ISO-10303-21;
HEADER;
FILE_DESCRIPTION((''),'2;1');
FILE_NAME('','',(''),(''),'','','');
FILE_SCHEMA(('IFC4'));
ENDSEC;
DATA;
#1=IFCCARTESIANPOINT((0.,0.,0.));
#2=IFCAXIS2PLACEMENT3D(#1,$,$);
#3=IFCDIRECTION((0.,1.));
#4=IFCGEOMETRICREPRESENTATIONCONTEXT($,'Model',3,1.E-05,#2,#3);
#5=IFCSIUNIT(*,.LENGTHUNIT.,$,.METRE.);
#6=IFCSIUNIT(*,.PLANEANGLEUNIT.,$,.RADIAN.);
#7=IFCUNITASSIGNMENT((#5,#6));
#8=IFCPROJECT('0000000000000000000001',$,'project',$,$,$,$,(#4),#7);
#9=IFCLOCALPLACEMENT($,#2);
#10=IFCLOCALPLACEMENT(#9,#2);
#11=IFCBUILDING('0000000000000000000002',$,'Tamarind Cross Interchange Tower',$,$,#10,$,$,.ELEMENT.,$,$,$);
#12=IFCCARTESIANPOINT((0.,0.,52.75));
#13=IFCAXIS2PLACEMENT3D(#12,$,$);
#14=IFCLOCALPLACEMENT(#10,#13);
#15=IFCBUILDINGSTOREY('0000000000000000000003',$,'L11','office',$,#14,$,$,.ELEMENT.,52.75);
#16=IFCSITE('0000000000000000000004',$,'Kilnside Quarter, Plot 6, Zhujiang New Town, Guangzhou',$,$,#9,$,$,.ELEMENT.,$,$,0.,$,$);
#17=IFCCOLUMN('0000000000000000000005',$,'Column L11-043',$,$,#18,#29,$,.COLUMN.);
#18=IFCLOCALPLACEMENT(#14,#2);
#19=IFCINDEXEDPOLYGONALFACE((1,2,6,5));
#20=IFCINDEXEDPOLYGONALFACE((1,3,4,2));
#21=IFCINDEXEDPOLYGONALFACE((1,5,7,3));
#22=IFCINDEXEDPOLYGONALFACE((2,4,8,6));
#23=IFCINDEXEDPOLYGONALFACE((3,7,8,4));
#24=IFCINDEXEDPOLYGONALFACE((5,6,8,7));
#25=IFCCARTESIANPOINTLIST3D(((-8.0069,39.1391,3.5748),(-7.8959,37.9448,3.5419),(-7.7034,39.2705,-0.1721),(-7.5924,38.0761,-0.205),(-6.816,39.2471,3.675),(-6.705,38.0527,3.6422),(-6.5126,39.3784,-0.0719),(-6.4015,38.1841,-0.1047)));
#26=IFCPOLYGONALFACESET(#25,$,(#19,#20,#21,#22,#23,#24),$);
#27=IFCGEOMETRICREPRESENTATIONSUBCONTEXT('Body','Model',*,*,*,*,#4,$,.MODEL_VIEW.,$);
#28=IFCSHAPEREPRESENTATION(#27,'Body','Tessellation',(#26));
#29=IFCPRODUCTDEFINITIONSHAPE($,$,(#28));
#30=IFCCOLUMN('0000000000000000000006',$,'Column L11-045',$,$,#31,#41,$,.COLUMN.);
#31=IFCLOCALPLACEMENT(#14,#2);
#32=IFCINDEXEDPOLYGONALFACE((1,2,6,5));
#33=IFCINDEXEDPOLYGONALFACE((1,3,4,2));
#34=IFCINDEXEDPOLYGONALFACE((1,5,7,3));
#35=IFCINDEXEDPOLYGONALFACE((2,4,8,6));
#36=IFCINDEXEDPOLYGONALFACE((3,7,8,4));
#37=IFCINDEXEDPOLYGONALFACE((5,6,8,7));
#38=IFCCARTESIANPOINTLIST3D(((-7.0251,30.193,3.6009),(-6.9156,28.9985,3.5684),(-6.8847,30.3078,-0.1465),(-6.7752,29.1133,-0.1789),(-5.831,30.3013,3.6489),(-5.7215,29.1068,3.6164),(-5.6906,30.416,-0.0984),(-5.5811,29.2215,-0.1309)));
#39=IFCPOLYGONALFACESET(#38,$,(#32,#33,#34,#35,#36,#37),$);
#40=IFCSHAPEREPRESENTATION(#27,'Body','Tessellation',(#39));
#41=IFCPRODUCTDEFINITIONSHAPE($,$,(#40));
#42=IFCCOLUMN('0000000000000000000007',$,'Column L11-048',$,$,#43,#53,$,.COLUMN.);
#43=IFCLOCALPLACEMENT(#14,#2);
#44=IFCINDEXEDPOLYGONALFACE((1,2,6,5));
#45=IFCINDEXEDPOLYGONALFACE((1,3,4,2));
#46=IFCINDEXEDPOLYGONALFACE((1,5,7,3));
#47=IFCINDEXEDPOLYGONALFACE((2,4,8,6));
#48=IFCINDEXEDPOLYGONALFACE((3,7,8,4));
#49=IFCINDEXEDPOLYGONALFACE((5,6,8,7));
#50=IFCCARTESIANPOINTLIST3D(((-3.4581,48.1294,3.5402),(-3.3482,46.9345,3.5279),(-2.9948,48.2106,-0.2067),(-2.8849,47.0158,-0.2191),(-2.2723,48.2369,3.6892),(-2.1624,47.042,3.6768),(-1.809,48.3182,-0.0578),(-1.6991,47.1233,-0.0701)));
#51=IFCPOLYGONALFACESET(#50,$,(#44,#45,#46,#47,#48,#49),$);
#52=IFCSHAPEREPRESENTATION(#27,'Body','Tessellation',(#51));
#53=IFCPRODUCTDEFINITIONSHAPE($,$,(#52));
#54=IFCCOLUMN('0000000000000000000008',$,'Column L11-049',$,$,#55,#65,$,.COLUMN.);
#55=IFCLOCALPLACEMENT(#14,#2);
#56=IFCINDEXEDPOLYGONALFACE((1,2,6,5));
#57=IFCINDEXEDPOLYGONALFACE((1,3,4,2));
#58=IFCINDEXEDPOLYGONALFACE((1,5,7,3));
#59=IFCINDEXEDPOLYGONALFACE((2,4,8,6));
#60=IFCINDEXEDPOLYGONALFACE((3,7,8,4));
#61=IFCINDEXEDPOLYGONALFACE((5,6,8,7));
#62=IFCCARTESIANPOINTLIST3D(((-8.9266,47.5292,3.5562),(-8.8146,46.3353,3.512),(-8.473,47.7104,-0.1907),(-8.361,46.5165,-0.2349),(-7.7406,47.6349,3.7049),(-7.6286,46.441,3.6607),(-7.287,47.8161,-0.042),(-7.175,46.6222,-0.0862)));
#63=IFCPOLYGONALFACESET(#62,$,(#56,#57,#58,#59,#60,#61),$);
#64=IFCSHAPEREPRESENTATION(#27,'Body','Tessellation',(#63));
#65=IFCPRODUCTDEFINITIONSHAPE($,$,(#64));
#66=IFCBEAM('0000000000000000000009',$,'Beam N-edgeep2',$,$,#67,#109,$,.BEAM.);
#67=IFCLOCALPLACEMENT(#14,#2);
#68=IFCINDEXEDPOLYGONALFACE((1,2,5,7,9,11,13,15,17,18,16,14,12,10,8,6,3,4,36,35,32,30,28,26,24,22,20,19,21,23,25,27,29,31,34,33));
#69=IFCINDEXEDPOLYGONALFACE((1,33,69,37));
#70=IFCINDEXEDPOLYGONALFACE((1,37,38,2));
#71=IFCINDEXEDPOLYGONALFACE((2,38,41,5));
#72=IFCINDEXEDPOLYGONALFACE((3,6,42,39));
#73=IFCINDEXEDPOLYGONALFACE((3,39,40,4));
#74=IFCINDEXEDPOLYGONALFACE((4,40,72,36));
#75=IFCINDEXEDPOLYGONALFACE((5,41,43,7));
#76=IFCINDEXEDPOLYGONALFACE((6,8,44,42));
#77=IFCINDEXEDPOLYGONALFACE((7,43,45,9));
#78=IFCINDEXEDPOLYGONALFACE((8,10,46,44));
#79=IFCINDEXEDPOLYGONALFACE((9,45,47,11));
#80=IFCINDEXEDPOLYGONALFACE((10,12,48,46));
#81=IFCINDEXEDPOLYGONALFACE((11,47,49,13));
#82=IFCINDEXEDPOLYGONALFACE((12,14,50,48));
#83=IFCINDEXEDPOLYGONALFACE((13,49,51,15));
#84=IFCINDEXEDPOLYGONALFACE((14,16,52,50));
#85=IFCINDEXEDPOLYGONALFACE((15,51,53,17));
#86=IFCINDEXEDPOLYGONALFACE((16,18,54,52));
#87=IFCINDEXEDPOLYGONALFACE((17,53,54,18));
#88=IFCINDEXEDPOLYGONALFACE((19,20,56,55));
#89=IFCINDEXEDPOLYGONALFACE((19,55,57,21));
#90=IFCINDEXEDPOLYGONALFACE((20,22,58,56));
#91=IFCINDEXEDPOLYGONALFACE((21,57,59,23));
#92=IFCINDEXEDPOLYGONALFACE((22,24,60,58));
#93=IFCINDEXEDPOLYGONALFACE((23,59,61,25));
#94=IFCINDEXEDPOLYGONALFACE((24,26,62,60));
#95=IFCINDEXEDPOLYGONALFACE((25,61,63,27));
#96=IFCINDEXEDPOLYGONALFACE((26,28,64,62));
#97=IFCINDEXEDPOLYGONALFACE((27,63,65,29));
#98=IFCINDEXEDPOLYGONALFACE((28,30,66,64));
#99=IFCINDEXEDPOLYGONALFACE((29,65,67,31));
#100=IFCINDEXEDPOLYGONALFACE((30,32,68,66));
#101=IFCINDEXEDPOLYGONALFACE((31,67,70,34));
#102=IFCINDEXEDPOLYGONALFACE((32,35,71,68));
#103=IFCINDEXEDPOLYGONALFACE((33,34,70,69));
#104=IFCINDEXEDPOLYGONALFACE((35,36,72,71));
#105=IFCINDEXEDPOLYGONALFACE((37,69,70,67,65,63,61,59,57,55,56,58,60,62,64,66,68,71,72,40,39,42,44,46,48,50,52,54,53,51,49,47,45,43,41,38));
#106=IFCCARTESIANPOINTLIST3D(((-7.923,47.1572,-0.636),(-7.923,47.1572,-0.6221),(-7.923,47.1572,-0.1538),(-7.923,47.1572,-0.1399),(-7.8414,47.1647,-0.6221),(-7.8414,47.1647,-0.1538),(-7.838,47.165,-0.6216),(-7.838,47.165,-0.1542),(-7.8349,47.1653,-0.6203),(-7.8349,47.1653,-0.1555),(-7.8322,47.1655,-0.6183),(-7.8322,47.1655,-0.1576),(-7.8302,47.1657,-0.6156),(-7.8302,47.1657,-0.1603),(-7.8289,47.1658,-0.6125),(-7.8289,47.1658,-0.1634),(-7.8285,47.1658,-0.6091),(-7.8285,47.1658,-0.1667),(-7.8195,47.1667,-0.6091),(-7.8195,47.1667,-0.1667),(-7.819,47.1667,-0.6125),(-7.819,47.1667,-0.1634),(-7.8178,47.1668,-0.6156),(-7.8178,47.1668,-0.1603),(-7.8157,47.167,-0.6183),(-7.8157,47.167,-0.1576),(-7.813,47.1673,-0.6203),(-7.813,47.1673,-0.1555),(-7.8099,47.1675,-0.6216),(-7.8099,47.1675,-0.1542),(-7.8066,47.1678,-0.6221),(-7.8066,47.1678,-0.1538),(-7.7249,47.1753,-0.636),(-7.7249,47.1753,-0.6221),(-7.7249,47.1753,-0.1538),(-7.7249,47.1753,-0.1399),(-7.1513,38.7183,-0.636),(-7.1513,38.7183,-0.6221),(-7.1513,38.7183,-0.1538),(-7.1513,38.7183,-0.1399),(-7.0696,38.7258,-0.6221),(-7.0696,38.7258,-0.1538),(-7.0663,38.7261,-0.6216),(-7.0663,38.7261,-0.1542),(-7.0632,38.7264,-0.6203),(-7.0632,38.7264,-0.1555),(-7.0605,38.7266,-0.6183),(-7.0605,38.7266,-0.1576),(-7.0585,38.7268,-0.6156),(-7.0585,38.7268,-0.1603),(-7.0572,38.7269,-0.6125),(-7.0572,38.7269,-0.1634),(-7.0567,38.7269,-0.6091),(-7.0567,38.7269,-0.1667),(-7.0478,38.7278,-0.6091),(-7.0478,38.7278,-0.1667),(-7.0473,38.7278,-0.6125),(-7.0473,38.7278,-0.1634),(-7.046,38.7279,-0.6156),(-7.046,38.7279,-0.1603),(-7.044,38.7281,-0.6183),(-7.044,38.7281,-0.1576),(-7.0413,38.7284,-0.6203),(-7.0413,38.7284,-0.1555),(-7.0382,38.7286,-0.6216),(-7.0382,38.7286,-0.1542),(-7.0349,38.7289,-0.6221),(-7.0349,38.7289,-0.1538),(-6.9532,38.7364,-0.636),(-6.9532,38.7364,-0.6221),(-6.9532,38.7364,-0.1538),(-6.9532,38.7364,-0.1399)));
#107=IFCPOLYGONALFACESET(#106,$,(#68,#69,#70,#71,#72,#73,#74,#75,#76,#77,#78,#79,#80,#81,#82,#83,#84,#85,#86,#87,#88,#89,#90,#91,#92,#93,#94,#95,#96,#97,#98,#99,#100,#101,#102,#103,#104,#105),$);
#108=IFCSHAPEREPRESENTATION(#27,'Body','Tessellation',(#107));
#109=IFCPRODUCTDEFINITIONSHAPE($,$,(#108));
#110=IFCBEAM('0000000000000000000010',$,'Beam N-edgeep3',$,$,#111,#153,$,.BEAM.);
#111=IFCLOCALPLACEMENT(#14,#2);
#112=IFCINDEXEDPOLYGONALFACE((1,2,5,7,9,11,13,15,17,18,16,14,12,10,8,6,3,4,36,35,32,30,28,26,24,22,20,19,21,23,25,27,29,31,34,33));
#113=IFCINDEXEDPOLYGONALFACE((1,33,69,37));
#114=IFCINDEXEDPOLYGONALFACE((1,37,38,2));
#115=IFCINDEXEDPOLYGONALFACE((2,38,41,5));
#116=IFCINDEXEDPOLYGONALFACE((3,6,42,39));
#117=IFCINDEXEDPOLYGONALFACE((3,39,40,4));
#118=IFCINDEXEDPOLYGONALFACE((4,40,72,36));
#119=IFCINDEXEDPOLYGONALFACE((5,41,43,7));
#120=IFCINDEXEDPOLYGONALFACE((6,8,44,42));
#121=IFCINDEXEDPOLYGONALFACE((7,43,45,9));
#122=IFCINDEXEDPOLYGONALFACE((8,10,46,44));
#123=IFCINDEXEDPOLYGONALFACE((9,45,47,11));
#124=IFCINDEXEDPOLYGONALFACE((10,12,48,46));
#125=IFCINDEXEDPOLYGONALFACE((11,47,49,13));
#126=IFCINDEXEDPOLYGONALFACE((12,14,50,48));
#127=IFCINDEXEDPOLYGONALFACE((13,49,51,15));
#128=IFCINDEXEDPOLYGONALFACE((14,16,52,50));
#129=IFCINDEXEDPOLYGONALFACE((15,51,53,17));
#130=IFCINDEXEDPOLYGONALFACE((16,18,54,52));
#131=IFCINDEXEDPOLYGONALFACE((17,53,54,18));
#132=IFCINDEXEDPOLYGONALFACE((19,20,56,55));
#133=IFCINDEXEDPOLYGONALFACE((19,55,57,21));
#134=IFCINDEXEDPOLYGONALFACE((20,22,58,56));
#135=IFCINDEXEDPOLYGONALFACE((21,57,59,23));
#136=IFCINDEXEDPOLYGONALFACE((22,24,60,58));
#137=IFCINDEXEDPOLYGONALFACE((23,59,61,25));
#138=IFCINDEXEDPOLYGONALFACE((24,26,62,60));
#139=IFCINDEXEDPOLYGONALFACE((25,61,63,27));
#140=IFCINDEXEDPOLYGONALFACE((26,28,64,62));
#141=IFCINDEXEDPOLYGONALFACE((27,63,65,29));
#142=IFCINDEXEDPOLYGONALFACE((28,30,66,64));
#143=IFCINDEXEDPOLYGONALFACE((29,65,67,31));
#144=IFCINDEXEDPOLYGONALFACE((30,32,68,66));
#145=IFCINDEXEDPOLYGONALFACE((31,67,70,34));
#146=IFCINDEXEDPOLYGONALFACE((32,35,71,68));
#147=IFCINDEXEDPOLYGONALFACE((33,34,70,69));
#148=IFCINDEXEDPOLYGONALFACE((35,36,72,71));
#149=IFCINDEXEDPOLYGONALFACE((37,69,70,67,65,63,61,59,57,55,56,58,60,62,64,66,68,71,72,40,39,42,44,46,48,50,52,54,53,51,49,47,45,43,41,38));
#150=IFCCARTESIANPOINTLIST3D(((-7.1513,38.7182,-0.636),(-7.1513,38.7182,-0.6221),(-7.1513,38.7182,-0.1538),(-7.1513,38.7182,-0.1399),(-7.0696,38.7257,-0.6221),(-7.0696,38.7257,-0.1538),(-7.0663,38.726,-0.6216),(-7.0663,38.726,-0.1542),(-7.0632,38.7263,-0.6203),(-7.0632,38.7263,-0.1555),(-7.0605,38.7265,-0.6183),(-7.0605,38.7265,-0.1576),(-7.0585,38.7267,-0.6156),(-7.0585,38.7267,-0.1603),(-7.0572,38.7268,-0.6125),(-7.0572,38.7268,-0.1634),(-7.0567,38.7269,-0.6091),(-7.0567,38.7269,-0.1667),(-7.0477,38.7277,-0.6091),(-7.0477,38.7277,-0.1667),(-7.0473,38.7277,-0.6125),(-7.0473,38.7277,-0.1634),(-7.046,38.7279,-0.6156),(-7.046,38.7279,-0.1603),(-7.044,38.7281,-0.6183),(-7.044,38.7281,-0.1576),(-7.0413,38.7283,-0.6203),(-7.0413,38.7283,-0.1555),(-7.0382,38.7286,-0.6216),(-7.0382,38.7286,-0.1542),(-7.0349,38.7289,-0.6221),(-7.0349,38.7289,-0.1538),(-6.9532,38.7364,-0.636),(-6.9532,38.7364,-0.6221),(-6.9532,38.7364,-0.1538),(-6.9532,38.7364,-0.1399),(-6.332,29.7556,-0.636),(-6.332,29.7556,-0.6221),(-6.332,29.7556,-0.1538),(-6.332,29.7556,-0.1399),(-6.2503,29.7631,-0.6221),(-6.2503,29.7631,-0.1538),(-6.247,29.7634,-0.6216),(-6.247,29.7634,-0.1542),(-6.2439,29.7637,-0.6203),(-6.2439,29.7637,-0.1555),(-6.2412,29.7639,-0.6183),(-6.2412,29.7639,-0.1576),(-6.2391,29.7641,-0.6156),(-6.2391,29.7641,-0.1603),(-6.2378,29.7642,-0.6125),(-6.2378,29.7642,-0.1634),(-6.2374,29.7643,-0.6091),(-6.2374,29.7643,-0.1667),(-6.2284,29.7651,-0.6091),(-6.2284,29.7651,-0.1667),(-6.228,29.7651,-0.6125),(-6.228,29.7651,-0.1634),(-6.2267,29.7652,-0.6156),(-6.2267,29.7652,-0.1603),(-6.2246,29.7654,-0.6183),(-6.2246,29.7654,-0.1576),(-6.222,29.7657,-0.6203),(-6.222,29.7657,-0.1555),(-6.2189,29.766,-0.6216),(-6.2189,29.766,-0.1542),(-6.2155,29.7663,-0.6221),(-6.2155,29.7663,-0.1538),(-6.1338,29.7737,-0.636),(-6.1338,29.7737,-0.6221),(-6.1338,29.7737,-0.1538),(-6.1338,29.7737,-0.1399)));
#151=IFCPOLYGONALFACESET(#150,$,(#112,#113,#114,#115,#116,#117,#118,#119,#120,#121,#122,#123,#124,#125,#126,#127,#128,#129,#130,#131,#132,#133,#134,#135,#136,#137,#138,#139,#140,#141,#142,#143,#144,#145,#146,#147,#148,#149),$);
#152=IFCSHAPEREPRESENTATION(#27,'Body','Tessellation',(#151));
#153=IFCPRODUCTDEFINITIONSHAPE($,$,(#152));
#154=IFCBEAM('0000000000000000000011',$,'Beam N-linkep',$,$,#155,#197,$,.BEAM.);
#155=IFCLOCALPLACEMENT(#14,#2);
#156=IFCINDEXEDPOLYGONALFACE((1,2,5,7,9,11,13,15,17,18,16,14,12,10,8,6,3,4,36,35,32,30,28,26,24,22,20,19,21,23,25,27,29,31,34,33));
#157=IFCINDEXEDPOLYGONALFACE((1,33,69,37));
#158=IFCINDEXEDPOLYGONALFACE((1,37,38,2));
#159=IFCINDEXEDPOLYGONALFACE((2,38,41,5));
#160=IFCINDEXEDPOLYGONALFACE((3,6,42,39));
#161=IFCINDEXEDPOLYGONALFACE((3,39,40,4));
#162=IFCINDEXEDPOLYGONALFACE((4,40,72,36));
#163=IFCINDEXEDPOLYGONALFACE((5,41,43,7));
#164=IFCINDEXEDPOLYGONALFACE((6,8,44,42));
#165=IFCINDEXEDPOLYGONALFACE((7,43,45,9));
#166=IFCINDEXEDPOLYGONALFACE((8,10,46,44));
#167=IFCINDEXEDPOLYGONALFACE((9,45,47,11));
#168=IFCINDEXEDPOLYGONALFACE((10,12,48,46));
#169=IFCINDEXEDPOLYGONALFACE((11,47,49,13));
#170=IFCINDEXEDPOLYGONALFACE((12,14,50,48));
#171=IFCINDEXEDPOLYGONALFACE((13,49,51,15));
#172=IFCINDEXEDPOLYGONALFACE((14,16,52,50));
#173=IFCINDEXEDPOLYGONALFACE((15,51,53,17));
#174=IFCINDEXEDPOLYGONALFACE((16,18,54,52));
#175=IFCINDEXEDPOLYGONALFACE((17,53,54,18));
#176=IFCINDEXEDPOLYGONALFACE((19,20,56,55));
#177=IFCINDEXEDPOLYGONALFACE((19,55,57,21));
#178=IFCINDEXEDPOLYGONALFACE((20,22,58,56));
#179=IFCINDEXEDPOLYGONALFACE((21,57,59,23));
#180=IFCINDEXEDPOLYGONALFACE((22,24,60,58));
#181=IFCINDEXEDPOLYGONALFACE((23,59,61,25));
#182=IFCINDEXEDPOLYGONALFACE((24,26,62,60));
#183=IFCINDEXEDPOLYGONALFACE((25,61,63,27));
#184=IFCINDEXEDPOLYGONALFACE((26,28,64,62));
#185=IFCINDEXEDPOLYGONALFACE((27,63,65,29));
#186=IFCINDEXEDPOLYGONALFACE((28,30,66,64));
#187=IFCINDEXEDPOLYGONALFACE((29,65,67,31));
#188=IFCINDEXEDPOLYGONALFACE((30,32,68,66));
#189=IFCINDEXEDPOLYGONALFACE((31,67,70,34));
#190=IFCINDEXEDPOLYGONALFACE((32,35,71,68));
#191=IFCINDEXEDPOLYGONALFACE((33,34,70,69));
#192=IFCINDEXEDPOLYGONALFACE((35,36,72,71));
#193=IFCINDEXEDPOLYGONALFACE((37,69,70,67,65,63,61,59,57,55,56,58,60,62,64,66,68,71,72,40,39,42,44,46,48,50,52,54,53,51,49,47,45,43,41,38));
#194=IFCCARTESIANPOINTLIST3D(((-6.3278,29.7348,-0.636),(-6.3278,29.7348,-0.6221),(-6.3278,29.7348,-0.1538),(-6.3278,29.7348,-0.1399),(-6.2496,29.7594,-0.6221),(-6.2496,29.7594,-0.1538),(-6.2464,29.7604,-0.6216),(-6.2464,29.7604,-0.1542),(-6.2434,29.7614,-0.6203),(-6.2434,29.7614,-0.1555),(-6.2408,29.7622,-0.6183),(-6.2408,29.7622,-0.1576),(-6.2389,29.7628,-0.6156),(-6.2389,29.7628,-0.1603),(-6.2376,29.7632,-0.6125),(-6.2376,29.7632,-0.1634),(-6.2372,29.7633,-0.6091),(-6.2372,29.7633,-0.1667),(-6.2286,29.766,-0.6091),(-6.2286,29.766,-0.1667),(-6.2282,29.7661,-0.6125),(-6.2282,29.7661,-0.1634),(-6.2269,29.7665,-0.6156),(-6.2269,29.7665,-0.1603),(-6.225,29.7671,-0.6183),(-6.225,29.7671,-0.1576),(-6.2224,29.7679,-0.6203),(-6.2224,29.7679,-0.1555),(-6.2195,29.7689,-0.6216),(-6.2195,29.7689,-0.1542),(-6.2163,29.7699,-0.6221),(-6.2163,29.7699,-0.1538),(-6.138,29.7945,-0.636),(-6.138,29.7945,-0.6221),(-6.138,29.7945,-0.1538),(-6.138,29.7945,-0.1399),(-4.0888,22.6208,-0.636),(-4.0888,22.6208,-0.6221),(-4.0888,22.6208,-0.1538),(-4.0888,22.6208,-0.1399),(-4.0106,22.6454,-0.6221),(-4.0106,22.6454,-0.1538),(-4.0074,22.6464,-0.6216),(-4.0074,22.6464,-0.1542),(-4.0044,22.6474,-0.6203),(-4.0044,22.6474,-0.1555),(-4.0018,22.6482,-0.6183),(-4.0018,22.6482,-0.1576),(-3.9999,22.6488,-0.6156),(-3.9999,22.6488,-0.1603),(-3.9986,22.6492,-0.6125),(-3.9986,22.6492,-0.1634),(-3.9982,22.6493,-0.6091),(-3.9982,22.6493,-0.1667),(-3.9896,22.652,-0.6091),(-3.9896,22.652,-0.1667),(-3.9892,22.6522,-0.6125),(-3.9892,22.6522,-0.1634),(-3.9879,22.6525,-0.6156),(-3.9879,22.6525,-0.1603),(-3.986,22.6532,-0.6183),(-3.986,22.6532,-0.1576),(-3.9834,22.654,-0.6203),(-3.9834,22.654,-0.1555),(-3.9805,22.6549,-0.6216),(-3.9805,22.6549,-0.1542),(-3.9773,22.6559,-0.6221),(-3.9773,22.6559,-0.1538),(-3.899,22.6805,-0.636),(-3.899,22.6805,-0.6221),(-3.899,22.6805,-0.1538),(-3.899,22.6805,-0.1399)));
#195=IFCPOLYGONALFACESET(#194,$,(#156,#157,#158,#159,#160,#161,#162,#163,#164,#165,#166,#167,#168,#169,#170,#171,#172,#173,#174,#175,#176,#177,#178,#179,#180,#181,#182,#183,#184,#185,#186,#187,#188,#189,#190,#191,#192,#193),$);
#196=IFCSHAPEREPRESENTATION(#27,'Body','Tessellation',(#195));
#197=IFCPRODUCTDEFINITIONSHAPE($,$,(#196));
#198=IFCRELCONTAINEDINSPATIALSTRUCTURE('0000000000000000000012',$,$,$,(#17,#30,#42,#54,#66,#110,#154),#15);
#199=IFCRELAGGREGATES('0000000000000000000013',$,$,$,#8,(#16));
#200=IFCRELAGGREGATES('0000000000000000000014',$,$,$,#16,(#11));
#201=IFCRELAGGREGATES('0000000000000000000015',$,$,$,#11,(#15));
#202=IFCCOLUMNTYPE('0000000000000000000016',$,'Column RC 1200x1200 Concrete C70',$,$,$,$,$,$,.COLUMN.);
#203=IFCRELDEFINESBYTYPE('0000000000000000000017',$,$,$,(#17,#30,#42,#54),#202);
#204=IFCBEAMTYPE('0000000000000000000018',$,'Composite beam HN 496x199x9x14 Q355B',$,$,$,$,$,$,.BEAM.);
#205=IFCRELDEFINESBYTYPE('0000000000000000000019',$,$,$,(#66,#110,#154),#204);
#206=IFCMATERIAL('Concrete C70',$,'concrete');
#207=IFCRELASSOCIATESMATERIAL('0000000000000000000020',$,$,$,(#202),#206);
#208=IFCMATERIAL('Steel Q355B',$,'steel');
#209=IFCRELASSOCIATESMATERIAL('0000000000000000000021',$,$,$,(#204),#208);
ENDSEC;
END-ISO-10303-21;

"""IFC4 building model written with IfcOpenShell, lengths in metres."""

from ifc_helpers import new_model, si_unit, direction, frame, origin, origin_2d, place, context, subcontext, project, spatial, rectangle, i_section, extrude, material, material_profile, profile_set, type_object, element, save


model = new_model("IFC4")

# Units and contexts
model_context = context("Model", 3, precision=1e-05, world=origin(), true_north=direction((0.0, 1.0)))
body_context = subcontext(model_context, "Body", "Model", "MODEL_VIEW")
ifc_project = project(units=[si_unit("LENGTHUNIT", "METRE"), si_unit("PLANEANGLEUNIT", "RADIAN")], contexts=[model_context])

# Site, building, storey
site_placement = place(None, origin())
site = spatial("IfcSite", under=ifc_project, at=site_placement, Name="Kilnside Quarter, Plot 6, Zhujiang New Town, Guangzhou", CompositionType="ELEMENT", RefElevation=0.0)
building_placement = place(site_placement, origin())
building = spatial("IfcBuilding", under=site, at=building_placement, Name="Tamarind Cross Interchange Tower", CompositionType="ELEMENT")
storey_placement = place(building_placement, frame((0.0, 0.0, 52.75)))
storey = spatial("IfcBuildingStorey", under=building, at=storey_placement, Name="L11", Description="office", CompositionType="ELEMENT", Elevation=52.75)

# Columns
ifc_material_1 = material(Name="Concrete C70", Category="concrete")
ifc_material_profile_1 = material_profile(ifc_material_1, rectangle(XDim=1.2, YDim=1.2, at=origin_2d()), Name="RC 1200x1200")
ifc_profile_set_1 = profile_set([ifc_material_profile_1], Name="Concrete C70")
column_type = type_object("IfcColumnType", Name="Column RC 1200x1200 Concrete C70", PredefinedType="COLUMN", material=ifc_profile_set_1)
column_1_placement = place(storey_placement, frame((-7.0525, 38.7273, -0.1384), z_axis=(-0.080679, -0.03492, 0.996128), x_axis=(0.992436, 0.089958, 0.083534)))
element("IfcColumn", 1, at=column_1_placement, inside=storey, type_object=column_type, Name="Column L11-043", PredefinedType="COLUMN", context=body_context, shape_type="SweptSolid", body=[
    extrude(rectangle(XDim=1.2, YDim=1.2, at=origin_2d()), origin(), (0.0, 0.0, 1.0), 3.7615),
])
column_2_placement = place(storey_placement, frame((-6.2329, 29.7646, -0.1387), z_axis=(-0.037418, -0.030585, 0.998832), x_axis=(0.99512, 0.090183, 0.04004)))
element("IfcColumn", 2, at=column_2_placement, inside=storey, type_object=column_type, Name="Column L11-045", PredefinedType="COLUMN", context=body_context, shape_type="SweptSolid", body=[
    extrude(rectangle(XDim=1.2, YDim=1.2, at=origin_2d()), origin(), (0.0, 0.0, 1.0), 3.7517),
])
column_3_placement = place(storey_placement, frame((-2.3469, 47.667, -0.1384), z_axis=(-0.122701, -0.021528, 0.99221), x_axis=(0.988208, 0.089614, 0.12415)))
element("IfcColumn", 3, at=column_3_placement, inside=storey, type_object=column_type, Name="Column L11-048", PredefinedType="COLUMN", context=body_context, shape_type="SweptSolid", body=[
    extrude(rectangle(XDim=1.2, YDim=1.2, at=origin_2d()), origin(), (0.0, 0.0, 1.0), 3.7764),
])
column_4_placement = place(storey_placement, frame((-7.824, 47.1663, -0.1384), z_axis=(-0.12005, -0.047943, 0.99161), x_axis=(0.988374, 0.088097, 0.123918)))
element("IfcColumn", 4, at=column_4_placement, inside=storey, type_object=column_type, Name="Column L11-049", PredefinedType="COLUMN", context=body_context, shape_type="SweptSolid", body=[
    extrude(rectangle(XDim=1.2, YDim=1.2, at=origin_2d()), origin(), (0.0, 0.0, 1.0), 3.7786),
])

# Beams
ifc_material_2 = material(Name="Steel Q355B", Category="steel")
ifc_material_profile_2 = material_profile(ifc_material_2, i_section(OverallWidth=0.199, OverallDepth=0.4961, WebThickness=0.009, FlangeThickness=0.0139, FilletRadius=0.0129, at=origin_2d()), Name="HN 496x199x9x14")
ifc_profile_set_2 = profile_set([ifc_material_profile_2], Name="Steel Q355B")
beam_type_1 = type_object("IfcBeamType", Name="Composite beam HN 496x199x9x14 Q355B", PredefinedType="BEAM", material=ifc_profile_set_2)
beam_1_placement = place(storey_placement, frame((-7.824, 47.1663, -0.3879), z_axis=(0.091068, -0.995845, 0.0), x_axis=(0.995845, 0.091068, 0.0)))
element("IfcBeam", 5, at=beam_1_placement, inside=storey, type_object=beam_type_1, Name="Beam N-edgeep2", PredefinedType="BEAM", context=body_context, shape_type="SweptSolid", body=[
    extrude(i_section(OverallWidth=0.199, OverallDepth=0.4961, WebThickness=0.009, FlangeThickness=0.0139, FilletRadius=0.0129, at=origin_2d()), origin(), (0.0, 0.0, 1.0), 8.4741),
])
beam_2_placement = place(storey_placement, frame((-7.0522, 38.7273, -0.3879), z_axis=(0.091037, -0.995847, 0.0), x_axis=(0.995847, 0.091037, 0.0)))
element("IfcBeam", 6, at=beam_2_placement, inside=storey, type_object=beam_type_1, Name="Beam N-edgeep3", PredefinedType="BEAM", context=body_context, shape_type="SweptSolid", body=[
    extrude(i_section(OverallWidth=0.199, OverallDepth=0.4961, WebThickness=0.009, FlangeThickness=0.0139, FilletRadius=0.0129, at=origin_2d()), origin(), (0.0, 0.0, 1.0), 9.0),
])
beam_3_placement = place(storey_placement, frame((-6.2329, 29.7646, -0.3879), z_axis=(0.300215, -0.953872, 0.0), x_axis=(0.953872, 0.300215, 0.0)))
element("IfcBeam", 7, at=beam_3_placement, inside=storey, type_object=beam_type_1, Name="Beam N-linkep", PredefinedType="BEAM", context=body_context, shape_type="SweptSolid", body=[
    extrude(i_section(OverallWidth=0.199, OverallDepth=0.4961, WebThickness=0.009, FlangeThickness=0.0139, FilletRadius=0.0129, at=origin_2d()), origin(), (0.0, 0.0, 1.0), 7.458),
])

save(model, "model.ifc")
